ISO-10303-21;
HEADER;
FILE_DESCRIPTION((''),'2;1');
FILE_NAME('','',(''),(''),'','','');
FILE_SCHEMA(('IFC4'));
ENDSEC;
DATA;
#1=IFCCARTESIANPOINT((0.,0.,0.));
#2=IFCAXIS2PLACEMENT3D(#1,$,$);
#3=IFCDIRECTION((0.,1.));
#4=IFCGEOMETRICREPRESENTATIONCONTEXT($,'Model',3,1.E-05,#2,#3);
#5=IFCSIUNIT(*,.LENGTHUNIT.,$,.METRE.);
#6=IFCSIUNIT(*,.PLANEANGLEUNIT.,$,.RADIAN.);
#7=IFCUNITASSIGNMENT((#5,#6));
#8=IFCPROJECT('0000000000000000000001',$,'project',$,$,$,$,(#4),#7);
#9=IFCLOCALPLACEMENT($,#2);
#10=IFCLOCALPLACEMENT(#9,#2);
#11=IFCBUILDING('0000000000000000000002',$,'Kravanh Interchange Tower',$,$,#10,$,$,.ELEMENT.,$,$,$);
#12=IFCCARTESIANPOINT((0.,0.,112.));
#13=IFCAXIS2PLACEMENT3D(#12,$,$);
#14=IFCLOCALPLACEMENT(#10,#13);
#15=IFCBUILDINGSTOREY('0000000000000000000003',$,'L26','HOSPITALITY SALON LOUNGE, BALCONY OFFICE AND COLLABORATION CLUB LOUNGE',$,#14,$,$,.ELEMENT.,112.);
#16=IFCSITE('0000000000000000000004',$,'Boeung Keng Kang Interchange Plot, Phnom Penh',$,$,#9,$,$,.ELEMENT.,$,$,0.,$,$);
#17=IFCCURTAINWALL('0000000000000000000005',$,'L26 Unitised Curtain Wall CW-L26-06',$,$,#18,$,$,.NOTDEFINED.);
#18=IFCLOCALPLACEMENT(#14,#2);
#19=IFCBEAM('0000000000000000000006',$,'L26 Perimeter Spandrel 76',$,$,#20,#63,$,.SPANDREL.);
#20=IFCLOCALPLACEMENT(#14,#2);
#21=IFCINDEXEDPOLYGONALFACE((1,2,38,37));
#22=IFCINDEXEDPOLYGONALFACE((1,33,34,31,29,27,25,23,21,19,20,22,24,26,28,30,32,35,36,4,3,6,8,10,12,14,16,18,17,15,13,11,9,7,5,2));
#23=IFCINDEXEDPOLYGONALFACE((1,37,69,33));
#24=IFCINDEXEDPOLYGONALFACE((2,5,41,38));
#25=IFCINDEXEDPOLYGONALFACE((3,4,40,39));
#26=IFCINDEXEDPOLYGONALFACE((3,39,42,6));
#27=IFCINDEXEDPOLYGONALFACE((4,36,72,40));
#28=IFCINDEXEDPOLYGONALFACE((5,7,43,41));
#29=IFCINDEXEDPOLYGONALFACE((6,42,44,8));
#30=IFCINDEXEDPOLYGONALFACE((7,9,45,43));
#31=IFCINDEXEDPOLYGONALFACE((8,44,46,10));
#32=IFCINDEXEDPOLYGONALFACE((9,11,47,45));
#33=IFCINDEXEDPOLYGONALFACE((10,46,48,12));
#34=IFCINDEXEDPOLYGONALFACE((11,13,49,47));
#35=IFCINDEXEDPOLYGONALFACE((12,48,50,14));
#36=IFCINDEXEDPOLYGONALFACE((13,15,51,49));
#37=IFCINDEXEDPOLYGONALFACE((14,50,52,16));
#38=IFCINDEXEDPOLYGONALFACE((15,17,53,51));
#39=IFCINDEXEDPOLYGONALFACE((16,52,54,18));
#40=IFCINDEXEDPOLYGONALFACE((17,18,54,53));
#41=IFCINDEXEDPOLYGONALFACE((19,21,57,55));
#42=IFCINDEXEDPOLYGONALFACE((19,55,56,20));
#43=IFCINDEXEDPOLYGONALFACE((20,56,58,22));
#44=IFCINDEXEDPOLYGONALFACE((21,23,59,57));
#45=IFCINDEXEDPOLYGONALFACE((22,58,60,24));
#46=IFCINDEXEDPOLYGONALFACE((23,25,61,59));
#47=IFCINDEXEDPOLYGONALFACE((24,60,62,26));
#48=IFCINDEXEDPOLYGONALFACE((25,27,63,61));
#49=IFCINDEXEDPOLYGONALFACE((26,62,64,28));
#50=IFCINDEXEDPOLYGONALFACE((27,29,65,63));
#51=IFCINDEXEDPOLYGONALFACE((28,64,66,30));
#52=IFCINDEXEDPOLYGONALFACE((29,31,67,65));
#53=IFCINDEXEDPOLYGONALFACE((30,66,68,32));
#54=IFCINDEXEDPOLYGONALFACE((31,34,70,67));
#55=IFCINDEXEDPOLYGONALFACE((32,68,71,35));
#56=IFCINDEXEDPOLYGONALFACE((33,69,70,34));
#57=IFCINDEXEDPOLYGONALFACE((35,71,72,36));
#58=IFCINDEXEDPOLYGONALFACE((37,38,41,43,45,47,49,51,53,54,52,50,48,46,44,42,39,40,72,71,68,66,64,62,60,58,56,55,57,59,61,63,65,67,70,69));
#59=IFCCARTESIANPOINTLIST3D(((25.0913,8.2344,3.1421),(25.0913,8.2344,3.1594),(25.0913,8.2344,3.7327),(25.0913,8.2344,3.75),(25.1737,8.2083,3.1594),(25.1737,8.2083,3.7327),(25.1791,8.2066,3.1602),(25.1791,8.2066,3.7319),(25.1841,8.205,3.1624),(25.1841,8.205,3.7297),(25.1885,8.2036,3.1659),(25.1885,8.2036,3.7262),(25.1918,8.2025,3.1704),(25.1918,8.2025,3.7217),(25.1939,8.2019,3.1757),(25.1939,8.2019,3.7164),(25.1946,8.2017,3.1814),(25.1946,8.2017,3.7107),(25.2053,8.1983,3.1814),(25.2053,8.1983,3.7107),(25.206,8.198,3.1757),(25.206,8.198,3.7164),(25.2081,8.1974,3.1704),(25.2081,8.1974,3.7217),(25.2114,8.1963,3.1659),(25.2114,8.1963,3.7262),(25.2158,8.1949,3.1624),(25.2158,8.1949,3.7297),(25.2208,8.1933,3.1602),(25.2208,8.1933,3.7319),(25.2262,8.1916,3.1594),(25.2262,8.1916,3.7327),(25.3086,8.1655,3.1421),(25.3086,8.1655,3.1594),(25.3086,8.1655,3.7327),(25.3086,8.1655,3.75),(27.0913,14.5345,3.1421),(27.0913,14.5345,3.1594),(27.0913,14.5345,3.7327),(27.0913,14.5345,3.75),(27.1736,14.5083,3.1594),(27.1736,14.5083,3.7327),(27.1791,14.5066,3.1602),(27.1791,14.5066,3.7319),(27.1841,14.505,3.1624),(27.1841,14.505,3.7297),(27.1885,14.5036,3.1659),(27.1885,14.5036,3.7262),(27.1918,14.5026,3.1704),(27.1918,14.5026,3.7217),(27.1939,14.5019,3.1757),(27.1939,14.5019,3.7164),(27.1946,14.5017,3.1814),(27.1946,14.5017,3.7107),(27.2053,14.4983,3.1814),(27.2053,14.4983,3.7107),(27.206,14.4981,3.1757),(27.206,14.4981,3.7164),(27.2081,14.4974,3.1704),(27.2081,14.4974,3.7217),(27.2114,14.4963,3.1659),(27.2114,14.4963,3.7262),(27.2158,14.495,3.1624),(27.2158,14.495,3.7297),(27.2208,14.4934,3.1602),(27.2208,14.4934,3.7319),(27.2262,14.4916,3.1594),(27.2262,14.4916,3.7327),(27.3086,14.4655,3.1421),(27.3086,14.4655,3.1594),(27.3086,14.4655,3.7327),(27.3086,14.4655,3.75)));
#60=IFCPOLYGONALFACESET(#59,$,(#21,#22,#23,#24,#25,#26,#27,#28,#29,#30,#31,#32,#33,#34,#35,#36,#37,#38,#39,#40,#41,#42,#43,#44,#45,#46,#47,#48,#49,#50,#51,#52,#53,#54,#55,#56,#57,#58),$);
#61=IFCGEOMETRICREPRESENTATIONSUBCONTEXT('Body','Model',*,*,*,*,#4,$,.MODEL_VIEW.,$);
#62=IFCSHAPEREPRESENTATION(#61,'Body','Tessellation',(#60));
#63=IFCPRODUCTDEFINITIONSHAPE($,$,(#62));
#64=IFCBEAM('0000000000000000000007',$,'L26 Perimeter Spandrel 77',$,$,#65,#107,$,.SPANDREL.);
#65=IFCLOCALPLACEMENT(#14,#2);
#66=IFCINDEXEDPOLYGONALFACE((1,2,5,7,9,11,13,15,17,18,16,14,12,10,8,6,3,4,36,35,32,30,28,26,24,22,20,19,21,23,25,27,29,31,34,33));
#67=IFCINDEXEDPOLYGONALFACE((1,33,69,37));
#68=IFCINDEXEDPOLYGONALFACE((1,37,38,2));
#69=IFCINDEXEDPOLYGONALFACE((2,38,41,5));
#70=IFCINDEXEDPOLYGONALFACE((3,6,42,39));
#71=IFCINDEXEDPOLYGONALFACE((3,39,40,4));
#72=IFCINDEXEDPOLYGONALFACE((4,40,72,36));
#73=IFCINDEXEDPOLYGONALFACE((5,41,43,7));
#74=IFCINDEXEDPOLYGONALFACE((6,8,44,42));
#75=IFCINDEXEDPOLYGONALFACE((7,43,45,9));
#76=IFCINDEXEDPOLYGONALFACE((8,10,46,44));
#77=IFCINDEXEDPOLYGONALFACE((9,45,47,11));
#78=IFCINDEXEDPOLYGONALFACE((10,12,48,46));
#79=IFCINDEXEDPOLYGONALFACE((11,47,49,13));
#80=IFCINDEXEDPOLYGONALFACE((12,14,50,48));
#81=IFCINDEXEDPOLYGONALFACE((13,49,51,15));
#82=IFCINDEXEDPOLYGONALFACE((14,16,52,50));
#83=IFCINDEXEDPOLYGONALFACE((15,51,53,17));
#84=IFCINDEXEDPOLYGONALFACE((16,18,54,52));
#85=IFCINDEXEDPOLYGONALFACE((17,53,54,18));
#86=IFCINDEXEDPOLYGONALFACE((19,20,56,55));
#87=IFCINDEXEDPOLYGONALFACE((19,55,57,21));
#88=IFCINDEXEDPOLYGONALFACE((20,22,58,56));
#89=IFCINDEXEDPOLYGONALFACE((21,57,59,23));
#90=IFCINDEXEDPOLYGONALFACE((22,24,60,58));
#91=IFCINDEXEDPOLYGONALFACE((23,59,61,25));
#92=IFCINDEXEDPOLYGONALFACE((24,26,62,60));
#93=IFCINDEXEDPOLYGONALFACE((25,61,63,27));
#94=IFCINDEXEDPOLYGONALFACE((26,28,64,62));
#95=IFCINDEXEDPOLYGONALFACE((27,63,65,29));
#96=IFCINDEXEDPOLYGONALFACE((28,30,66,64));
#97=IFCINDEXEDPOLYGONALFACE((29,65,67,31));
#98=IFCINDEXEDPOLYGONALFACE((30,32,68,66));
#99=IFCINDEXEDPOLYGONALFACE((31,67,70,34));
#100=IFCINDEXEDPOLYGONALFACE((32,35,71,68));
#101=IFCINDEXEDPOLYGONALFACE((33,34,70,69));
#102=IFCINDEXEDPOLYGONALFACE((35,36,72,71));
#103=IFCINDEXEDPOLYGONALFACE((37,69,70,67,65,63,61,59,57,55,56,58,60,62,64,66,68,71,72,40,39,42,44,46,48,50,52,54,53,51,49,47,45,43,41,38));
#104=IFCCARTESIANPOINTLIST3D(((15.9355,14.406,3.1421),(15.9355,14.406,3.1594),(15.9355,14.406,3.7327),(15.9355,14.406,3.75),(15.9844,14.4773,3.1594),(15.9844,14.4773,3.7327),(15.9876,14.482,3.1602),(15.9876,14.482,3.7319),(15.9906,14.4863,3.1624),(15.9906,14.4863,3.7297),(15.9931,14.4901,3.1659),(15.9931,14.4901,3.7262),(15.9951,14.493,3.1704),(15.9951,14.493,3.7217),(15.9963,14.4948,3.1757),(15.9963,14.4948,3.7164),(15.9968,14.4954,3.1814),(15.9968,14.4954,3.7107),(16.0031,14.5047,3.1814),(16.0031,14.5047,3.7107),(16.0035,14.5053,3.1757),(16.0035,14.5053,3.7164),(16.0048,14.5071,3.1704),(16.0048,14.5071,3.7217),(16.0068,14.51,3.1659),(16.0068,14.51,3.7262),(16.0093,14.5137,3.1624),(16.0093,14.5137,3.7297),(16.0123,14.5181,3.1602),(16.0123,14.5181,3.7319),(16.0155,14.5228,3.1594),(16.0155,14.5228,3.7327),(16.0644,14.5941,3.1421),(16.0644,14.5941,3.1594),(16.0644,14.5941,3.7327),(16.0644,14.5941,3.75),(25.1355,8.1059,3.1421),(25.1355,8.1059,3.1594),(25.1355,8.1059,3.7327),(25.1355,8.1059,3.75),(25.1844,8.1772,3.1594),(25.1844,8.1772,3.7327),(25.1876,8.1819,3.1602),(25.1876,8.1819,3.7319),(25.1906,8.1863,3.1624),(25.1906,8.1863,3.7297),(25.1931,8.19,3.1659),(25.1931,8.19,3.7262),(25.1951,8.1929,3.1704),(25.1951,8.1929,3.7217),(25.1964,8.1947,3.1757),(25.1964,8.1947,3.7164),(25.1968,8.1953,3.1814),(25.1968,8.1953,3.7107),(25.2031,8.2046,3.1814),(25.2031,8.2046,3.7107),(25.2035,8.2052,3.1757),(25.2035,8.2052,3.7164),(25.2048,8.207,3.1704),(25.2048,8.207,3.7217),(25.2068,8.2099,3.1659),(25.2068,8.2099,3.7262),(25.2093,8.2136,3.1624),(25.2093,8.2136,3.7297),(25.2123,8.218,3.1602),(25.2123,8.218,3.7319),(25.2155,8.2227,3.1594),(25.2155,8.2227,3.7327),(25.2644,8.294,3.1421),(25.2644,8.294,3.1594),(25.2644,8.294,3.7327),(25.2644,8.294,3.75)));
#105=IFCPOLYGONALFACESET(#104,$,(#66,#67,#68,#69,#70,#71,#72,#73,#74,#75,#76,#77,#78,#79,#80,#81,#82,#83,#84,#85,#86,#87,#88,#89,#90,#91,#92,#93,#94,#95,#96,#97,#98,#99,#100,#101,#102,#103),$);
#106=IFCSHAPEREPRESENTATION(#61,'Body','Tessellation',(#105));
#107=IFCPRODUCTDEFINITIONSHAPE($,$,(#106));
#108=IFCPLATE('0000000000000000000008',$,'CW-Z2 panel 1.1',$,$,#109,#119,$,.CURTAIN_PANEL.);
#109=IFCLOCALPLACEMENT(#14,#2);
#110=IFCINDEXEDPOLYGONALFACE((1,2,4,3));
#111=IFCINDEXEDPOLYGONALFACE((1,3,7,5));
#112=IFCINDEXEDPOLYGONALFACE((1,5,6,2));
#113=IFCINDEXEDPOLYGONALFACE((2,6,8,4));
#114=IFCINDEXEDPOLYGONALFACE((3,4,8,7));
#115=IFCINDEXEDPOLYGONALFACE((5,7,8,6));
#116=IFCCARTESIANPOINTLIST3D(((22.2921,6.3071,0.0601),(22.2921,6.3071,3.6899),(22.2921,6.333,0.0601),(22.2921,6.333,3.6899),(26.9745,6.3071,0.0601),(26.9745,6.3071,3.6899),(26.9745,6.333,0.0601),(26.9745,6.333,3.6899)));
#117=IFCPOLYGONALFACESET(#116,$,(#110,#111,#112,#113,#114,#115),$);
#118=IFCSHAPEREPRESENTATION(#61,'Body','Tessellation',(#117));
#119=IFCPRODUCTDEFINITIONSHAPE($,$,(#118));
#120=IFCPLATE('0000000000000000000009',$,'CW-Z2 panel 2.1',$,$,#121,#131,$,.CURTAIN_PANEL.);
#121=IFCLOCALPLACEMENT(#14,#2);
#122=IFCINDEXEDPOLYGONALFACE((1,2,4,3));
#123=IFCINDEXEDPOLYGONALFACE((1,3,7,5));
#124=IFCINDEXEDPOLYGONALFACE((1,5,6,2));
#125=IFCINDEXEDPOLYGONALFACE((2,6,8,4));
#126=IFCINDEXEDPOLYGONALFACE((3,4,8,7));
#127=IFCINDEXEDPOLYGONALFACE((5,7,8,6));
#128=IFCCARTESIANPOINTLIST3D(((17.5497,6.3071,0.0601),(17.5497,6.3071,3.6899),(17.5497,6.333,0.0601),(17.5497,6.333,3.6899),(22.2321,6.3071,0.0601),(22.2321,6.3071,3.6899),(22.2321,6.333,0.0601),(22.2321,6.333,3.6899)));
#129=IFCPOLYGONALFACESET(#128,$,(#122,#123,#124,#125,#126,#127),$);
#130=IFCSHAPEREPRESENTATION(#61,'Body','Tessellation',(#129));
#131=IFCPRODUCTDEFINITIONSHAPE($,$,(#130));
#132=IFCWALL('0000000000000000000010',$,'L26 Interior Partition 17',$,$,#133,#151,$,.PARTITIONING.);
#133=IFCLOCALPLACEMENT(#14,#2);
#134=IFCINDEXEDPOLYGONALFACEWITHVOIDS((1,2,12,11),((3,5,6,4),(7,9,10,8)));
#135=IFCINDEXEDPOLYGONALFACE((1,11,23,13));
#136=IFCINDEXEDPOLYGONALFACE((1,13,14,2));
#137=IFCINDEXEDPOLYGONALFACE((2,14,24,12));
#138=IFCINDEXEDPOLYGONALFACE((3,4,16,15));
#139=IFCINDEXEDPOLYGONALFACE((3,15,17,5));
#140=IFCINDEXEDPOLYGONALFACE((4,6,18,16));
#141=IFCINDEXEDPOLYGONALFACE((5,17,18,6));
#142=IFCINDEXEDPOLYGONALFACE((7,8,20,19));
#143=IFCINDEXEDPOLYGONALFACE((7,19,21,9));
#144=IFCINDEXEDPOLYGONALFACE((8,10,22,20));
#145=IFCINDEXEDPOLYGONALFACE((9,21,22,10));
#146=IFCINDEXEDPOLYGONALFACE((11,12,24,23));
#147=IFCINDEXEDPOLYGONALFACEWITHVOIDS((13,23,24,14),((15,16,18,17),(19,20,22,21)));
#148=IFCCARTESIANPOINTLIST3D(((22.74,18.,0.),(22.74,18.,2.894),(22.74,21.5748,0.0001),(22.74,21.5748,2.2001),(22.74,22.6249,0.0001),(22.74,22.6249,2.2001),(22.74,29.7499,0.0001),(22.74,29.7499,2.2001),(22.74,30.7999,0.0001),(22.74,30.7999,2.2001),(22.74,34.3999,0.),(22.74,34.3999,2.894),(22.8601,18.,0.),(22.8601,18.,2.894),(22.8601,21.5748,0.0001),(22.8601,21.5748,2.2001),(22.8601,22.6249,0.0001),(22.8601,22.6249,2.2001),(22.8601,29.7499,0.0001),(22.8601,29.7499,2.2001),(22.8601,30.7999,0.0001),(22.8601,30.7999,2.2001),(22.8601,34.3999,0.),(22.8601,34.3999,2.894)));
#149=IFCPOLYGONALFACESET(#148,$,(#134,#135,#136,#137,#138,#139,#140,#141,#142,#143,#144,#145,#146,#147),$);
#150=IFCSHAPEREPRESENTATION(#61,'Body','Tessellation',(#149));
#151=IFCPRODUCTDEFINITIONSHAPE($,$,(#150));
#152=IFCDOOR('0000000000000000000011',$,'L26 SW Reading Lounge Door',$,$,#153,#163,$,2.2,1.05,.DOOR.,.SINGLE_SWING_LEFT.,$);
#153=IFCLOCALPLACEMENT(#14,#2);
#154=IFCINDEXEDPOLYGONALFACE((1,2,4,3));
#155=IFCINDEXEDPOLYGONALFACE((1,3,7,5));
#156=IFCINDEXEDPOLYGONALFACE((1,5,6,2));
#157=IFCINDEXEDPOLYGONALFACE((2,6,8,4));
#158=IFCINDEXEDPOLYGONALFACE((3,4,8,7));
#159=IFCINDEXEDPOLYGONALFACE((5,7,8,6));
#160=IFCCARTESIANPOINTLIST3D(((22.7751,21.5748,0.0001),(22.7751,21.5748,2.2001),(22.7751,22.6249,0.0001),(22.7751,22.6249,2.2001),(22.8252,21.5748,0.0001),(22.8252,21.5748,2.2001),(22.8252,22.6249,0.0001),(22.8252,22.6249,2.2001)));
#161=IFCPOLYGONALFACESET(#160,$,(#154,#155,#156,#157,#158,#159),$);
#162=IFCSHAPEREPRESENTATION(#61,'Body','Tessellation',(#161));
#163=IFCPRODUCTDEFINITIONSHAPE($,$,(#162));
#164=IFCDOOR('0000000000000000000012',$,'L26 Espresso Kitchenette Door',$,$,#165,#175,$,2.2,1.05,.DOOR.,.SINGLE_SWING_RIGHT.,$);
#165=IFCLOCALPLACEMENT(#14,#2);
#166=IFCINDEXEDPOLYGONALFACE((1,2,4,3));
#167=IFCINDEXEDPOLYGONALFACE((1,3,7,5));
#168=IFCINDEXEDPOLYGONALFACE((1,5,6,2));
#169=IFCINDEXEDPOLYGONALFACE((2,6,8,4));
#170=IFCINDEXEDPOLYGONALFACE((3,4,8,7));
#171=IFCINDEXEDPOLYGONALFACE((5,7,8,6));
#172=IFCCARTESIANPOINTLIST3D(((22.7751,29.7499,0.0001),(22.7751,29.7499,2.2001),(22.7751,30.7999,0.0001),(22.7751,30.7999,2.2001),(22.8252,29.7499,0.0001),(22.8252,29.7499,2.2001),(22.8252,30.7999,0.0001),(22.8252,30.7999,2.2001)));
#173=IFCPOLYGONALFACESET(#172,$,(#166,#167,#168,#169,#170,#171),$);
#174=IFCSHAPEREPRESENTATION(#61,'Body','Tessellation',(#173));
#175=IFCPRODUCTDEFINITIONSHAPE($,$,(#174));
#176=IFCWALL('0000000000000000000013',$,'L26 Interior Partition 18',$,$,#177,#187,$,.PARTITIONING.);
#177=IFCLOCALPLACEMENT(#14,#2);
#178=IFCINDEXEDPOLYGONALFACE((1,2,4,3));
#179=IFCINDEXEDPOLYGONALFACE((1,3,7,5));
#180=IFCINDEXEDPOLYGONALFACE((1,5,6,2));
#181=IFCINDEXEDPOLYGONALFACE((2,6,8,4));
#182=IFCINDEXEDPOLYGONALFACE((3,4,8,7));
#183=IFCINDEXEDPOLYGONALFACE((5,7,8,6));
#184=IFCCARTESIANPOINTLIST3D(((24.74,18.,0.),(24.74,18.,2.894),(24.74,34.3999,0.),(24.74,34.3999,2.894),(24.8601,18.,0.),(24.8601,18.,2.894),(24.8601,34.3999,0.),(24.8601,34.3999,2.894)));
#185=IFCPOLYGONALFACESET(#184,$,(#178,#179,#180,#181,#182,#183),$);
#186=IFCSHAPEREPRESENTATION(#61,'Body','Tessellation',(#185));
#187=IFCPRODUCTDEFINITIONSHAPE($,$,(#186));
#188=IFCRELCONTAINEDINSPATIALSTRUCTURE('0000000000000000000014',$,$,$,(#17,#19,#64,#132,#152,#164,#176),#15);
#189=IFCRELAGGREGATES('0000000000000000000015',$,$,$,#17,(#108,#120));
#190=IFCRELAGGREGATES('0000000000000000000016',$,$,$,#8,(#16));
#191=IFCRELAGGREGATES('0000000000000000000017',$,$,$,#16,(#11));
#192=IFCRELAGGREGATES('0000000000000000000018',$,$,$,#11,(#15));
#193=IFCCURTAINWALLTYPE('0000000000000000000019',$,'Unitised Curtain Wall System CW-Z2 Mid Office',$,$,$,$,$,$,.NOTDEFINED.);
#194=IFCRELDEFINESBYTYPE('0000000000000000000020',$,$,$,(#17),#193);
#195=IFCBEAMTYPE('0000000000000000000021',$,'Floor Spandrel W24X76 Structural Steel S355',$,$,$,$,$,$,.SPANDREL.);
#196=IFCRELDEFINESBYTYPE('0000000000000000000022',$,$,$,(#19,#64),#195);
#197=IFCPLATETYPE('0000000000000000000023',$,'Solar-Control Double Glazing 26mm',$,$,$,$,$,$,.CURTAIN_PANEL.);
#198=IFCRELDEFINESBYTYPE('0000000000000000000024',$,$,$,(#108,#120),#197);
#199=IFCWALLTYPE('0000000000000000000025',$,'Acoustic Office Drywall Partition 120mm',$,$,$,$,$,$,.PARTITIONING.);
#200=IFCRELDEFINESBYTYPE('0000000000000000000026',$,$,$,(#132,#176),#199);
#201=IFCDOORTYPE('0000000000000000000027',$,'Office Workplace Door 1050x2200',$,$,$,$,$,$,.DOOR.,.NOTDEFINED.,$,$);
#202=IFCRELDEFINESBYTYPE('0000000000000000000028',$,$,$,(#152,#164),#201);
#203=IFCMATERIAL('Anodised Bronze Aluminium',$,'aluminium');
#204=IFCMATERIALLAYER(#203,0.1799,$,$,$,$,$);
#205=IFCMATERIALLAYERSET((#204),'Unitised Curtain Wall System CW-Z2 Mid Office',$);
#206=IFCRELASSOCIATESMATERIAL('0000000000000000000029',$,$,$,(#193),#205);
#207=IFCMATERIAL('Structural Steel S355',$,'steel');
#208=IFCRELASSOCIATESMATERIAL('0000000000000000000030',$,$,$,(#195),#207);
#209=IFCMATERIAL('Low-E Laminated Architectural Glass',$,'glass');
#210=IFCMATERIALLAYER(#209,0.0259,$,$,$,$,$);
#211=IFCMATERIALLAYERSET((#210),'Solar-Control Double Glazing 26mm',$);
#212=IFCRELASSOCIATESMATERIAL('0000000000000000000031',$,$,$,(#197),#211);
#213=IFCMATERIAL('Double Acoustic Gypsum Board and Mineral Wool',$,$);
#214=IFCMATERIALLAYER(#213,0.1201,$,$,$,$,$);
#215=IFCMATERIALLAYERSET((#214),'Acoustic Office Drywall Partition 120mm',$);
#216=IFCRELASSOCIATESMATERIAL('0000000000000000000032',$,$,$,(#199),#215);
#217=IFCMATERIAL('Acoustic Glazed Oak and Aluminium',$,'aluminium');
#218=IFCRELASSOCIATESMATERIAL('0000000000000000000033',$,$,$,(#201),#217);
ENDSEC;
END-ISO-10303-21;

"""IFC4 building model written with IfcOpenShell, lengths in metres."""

from ifc_helpers import new_model, si_unit, direction, frame, frame_2d, origin, origin_2d, place, context, subcontext, project, spatial, rectangle, i_section, extrude, material, layer, layer_set, material_profile, profile_set, type_object, element, fill, aggregate, save


model = new_model("IFC4")

# Units and contexts
model_context = context("Model", 3, precision=1e-05, world=origin(), true_north=direction((0.0, 1.0)))
body_context = subcontext(model_context, "Body", "Model", "MODEL_VIEW")
ifc_project = project(units=[si_unit("LENGTHUNIT", "METRE"), si_unit("PLANEANGLEUNIT", "RADIAN")], contexts=[model_context])

# Site, building, storey
site_placement = place(None, origin())
site = spatial("IfcSite", under=ifc_project, at=site_placement, Name="Boeung Keng Kang Interchange Plot, Phnom Penh", CompositionType="ELEMENT", RefElevation=0.0)
building_placement = place(site_placement, origin())
building = spatial("IfcBuilding", under=site, at=building_placement, Name="Kravanh Interchange Tower", CompositionType="ELEMENT")
storey_placement = place(building_placement, frame((0.0, 0.0, 112.0)))
storey = spatial("IfcBuildingStorey", under=building, at=storey_placement, Name="L26", Description="HOSPITALITY SALON LOUNGE, BALCONY OFFICE AND COLLABORATION CLUB LOUNGE", CompositionType="ELEMENT", Elevation=112.0)

# Curtain wall
ifc_material_1 = material(Name="Anodised Bronze Aluminium", Category="aluminium")
ifc_layer_1 = layer(ifc_material_1, 0.1799)
ifc_layer_set_1 = layer_set([ifc_layer_1], Name="Unitised Curtain Wall System CW-Z2 Mid Office")
curtain_wall_type = type_object("IfcCurtainWallType", Name="Unitised Curtain Wall System CW-Z2 Mid Office", PredefinedType="NOTDEFINED", material=ifc_layer_set_1)
curtain_wall_placement = place(storey_placement, origin())
curtain_wall = element("IfcCurtainWall", 1, at=curtain_wall_placement, inside=storey, type_object=curtain_wall_type, Name="L26 Unitised Curtain Wall CW-L26-06", PredefinedType="NOTDEFINED")

# Beams
ifc_material_2 = material(Name="Structural Steel S355", Category="steel")
ifc_material_profile_1 = material_profile(ifc_material_2, i_section(OverallWidth=0.228, OverallDepth=0.6079, WebThickness=0.0112, FlangeThickness=0.0173, FilletRadius=0.022, at=origin_2d()), Name="W24X76")
ifc_profile_set_1 = profile_set([ifc_material_profile_1], Name="Structural Steel S355")
beam_type_1 = type_object("IfcBeamType", Name="Floor Spandrel W24X76 Structural Steel S355", PredefinedType="SPANDREL", material=ifc_profile_set_1)
beam_1_placement = place(storey_placement, frame((25.2, 8.2, 3.446), z_axis=(0.302577, 0.953125, 0.0), x_axis=(-0.953125, 0.302577, 0.0)))
element("IfcBeam", 2, at=beam_1_placement, inside=storey, type_object=beam_type_1, Name="L26 Perimeter Spandrel 76", PredefinedType="SPANDREL", context=body_context, shape_type="SweptSolid", body=[
    extrude(i_section(OverallWidth=0.228, OverallDepth=0.6079, WebThickness=0.0112, FlangeThickness=0.0173, FilletRadius=0.022, at=origin_2d()), origin(), (0.0, 0.0, 1.0), 6.6099),
])
beam_2_placement = place(storey_placement, frame((25.2, 8.2, 3.446), z_axis=(-0.825084, 0.56501, 0.0), x_axis=(-0.56501, -0.825084, 0.0)))
element("IfcBeam", 3, at=beam_2_placement, inside=storey, type_object=beam_type_1, Name="L26 Perimeter Spandrel 77", PredefinedType="SPANDREL", context=body_context, shape_type="SweptSolid", body=[
    extrude(i_section(OverallWidth=0.228, OverallDepth=0.6079, WebThickness=0.0112, FlangeThickness=0.0173, FilletRadius=0.022, at=origin_2d()), origin(), (0.0, 0.0, 1.0), 11.1504),
])

# Plates
ifc_material_3 = material(Name="Low-E Laminated Architectural Glass", Category="glass")
ifc_layer_2 = layer(ifc_material_3, 0.0259)
ifc_layer_set_2 = layer_set([ifc_layer_2], Name="Solar-Control Double Glazing 26mm")
plate_type = type_object("IfcPlateType", Name="Solar-Control Double Glazing 26mm", PredefinedType="CURTAIN_PANEL", material=ifc_layer_set_2)
plate_1_placement = place(storey_placement, frame((24.6333, 6.3201, 0.0601), z_axis=(0.0, 0.0, 1.0), x_axis=(-1.0, 0.0, 0.0)))
plate_1 = element("IfcPlate", 4, at=plate_1_placement, type_object=plate_type, Name="CW-Z2 panel 1.1", PredefinedType="CURTAIN_PANEL", context=body_context, shape_type="SweptSolid", body=[
    extrude(rectangle(XDim=4.6824, YDim=0.0259, at=origin_2d()), origin(), (0.0, 0.0, 1.0), 3.6299),
])
plate_2_placement = place(storey_placement, frame((19.8909, 6.3201, 0.0601), z_axis=(0.0, 0.0, 1.0), x_axis=(-1.0, 0.0, 0.0)))
plate_2 = element("IfcPlate", 5, at=plate_2_placement, type_object=plate_type, Name="CW-Z2 panel 2.1", PredefinedType="CURTAIN_PANEL", context=body_context, shape_type="SweptSolid", body=[
    extrude(rectangle(XDim=4.6824, YDim=0.0259, at=origin_2d()), origin(), (0.0, 0.0, 1.0), 3.6299),
])
aggregate(curtain_wall, [plate_1, plate_2])

# Wall, openings, doors
ifc_material_4 = material(Name="Double Acoustic Gypsum Board and Mineral Wool")
ifc_layer_3 = layer(ifc_material_4, 0.1201)
ifc_layer_set_3 = layer_set([ifc_layer_3], Name="Acoustic Office Drywall Partition 120mm")
wall_type = type_object("IfcWallType", Name="Acoustic Office Drywall Partition 120mm", PredefinedType="PARTITIONING", material=ifc_layer_set_3)
wall_1_placement = place(storey_placement, frame((22.8, 18.0, 0.0), z_axis=(0.0, 0.0, 1.0), x_axis=(0.0, 1.0, 0.0)))
wall_1 = element("IfcWall", 6, at=wall_1_placement, inside=storey, type_object=wall_type, Name="L26 Interior Partition 17", PredefinedType="PARTITIONING", context=body_context, shape_type="SweptSolid", body=[
    extrude(rectangle(XDim=16.3999, YDim=0.1201, at=frame_2d((8.2, 0.0))), origin(), (0.0, 0.0, 1.0), 2.894),
])
opening_1_placement = place(wall_1_placement, frame((3.575, 0.0, 0.0)))
opening_1 = element("IfcOpeningElement", 7, at=opening_1_placement, cuts=wall_1, PredefinedType="OPENING", context=body_context, shape_type="SweptSolid", body=[
    extrude(rectangle(XDim=1.05, YDim=2.2, at=frame_2d((0.5249, 1.1001))), frame((0.0, 0.0701, 0.0), z_axis=(0.0, -1.0, 0.0), x_axis=(1.0, 0.0, 0.0)), (0.0, 0.0, 1.0), 0.1401),
])
opening_2_placement = place(wall_1_placement, frame((11.75, 0.0, 0.0)))
opening_2 = element("IfcOpeningElement", 8, at=opening_2_placement, cuts=wall_1, PredefinedType="OPENING", context=body_context, shape_type="SweptSolid", body=[
    extrude(rectangle(XDim=1.05, YDim=2.2, at=frame_2d((0.5249, 1.1001))), frame((0.0, 0.0701, 0.0), z_axis=(0.0, -1.0, 0.0), x_axis=(1.0, 0.0, 0.0)), (0.0, 0.0, 1.0), 0.1401),
])
ifc_material_5 = material(Name="Acoustic Glazed Oak and Aluminium", Category="aluminium")
door_type = type_object("IfcDoorType", Name="Office Workplace Door 1050x2200", OperationType="NOTDEFINED", PredefinedType="DOOR", material=ifc_material_5)
door_1_placement = place(opening_1_placement, origin())
door_1 = element("IfcDoor", 9, at=door_1_placement, inside=storey, type_object=door_type, Name="L26 SW Reading Lounge Door", OperationType="SINGLE_SWING_LEFT", OverallHeight=2.2, OverallWidth=1.05, PredefinedType="DOOR", context=body_context, shape_type="SweptSolid", body=[
    extrude(rectangle(XDim=1.05, YDim=2.2, at=frame_2d((0.5249, 1.1001))), frame((0.0, 0.0249, 0.0), z_axis=(0.0, -1.0, 0.0), x_axis=(1.0, 0.0, 0.0)), (0.0, 0.0, 1.0), 0.05),
])
fill(opening_1, door_1)
door_2_placement = place(opening_2_placement, origin())
door_2 = element("IfcDoor", 10, at=door_2_placement, inside=storey, type_object=door_type, Name="L26 Espresso Kitchenette Door", OperationType="SINGLE_SWING_RIGHT", OverallHeight=2.2, OverallWidth=1.05, PredefinedType="DOOR", context=body_context, shape_type="SweptSolid", body=[
    extrude(rectangle(XDim=1.05, YDim=2.2, at=frame_2d((0.5249, 1.1001))), frame((0.0, 0.0249, 0.0), z_axis=(0.0, -1.0, 0.0), x_axis=(1.0, 0.0, 0.0)), (0.0, 0.0, 1.0), 0.05),
])
fill(opening_2, door_2)

# Wall
wall_2_placement = place(storey_placement, frame((24.8, 18.0, 0.0), z_axis=(0.0, 0.0, 1.0), x_axis=(0.0, 1.0, 0.0)))
element("IfcWall", 11, at=wall_2_placement, inside=storey, type_object=wall_type, Name="L26 Interior Partition 18", PredefinedType="PARTITIONING", context=body_context, shape_type="SweptSolid", body=[
    extrude(rectangle(XDim=16.3999, YDim=0.1201, at=frame_2d((8.2, 0.0))), origin(), (0.0, 0.0, 1.0), 2.894),
])

save(model, "model.ifc")
